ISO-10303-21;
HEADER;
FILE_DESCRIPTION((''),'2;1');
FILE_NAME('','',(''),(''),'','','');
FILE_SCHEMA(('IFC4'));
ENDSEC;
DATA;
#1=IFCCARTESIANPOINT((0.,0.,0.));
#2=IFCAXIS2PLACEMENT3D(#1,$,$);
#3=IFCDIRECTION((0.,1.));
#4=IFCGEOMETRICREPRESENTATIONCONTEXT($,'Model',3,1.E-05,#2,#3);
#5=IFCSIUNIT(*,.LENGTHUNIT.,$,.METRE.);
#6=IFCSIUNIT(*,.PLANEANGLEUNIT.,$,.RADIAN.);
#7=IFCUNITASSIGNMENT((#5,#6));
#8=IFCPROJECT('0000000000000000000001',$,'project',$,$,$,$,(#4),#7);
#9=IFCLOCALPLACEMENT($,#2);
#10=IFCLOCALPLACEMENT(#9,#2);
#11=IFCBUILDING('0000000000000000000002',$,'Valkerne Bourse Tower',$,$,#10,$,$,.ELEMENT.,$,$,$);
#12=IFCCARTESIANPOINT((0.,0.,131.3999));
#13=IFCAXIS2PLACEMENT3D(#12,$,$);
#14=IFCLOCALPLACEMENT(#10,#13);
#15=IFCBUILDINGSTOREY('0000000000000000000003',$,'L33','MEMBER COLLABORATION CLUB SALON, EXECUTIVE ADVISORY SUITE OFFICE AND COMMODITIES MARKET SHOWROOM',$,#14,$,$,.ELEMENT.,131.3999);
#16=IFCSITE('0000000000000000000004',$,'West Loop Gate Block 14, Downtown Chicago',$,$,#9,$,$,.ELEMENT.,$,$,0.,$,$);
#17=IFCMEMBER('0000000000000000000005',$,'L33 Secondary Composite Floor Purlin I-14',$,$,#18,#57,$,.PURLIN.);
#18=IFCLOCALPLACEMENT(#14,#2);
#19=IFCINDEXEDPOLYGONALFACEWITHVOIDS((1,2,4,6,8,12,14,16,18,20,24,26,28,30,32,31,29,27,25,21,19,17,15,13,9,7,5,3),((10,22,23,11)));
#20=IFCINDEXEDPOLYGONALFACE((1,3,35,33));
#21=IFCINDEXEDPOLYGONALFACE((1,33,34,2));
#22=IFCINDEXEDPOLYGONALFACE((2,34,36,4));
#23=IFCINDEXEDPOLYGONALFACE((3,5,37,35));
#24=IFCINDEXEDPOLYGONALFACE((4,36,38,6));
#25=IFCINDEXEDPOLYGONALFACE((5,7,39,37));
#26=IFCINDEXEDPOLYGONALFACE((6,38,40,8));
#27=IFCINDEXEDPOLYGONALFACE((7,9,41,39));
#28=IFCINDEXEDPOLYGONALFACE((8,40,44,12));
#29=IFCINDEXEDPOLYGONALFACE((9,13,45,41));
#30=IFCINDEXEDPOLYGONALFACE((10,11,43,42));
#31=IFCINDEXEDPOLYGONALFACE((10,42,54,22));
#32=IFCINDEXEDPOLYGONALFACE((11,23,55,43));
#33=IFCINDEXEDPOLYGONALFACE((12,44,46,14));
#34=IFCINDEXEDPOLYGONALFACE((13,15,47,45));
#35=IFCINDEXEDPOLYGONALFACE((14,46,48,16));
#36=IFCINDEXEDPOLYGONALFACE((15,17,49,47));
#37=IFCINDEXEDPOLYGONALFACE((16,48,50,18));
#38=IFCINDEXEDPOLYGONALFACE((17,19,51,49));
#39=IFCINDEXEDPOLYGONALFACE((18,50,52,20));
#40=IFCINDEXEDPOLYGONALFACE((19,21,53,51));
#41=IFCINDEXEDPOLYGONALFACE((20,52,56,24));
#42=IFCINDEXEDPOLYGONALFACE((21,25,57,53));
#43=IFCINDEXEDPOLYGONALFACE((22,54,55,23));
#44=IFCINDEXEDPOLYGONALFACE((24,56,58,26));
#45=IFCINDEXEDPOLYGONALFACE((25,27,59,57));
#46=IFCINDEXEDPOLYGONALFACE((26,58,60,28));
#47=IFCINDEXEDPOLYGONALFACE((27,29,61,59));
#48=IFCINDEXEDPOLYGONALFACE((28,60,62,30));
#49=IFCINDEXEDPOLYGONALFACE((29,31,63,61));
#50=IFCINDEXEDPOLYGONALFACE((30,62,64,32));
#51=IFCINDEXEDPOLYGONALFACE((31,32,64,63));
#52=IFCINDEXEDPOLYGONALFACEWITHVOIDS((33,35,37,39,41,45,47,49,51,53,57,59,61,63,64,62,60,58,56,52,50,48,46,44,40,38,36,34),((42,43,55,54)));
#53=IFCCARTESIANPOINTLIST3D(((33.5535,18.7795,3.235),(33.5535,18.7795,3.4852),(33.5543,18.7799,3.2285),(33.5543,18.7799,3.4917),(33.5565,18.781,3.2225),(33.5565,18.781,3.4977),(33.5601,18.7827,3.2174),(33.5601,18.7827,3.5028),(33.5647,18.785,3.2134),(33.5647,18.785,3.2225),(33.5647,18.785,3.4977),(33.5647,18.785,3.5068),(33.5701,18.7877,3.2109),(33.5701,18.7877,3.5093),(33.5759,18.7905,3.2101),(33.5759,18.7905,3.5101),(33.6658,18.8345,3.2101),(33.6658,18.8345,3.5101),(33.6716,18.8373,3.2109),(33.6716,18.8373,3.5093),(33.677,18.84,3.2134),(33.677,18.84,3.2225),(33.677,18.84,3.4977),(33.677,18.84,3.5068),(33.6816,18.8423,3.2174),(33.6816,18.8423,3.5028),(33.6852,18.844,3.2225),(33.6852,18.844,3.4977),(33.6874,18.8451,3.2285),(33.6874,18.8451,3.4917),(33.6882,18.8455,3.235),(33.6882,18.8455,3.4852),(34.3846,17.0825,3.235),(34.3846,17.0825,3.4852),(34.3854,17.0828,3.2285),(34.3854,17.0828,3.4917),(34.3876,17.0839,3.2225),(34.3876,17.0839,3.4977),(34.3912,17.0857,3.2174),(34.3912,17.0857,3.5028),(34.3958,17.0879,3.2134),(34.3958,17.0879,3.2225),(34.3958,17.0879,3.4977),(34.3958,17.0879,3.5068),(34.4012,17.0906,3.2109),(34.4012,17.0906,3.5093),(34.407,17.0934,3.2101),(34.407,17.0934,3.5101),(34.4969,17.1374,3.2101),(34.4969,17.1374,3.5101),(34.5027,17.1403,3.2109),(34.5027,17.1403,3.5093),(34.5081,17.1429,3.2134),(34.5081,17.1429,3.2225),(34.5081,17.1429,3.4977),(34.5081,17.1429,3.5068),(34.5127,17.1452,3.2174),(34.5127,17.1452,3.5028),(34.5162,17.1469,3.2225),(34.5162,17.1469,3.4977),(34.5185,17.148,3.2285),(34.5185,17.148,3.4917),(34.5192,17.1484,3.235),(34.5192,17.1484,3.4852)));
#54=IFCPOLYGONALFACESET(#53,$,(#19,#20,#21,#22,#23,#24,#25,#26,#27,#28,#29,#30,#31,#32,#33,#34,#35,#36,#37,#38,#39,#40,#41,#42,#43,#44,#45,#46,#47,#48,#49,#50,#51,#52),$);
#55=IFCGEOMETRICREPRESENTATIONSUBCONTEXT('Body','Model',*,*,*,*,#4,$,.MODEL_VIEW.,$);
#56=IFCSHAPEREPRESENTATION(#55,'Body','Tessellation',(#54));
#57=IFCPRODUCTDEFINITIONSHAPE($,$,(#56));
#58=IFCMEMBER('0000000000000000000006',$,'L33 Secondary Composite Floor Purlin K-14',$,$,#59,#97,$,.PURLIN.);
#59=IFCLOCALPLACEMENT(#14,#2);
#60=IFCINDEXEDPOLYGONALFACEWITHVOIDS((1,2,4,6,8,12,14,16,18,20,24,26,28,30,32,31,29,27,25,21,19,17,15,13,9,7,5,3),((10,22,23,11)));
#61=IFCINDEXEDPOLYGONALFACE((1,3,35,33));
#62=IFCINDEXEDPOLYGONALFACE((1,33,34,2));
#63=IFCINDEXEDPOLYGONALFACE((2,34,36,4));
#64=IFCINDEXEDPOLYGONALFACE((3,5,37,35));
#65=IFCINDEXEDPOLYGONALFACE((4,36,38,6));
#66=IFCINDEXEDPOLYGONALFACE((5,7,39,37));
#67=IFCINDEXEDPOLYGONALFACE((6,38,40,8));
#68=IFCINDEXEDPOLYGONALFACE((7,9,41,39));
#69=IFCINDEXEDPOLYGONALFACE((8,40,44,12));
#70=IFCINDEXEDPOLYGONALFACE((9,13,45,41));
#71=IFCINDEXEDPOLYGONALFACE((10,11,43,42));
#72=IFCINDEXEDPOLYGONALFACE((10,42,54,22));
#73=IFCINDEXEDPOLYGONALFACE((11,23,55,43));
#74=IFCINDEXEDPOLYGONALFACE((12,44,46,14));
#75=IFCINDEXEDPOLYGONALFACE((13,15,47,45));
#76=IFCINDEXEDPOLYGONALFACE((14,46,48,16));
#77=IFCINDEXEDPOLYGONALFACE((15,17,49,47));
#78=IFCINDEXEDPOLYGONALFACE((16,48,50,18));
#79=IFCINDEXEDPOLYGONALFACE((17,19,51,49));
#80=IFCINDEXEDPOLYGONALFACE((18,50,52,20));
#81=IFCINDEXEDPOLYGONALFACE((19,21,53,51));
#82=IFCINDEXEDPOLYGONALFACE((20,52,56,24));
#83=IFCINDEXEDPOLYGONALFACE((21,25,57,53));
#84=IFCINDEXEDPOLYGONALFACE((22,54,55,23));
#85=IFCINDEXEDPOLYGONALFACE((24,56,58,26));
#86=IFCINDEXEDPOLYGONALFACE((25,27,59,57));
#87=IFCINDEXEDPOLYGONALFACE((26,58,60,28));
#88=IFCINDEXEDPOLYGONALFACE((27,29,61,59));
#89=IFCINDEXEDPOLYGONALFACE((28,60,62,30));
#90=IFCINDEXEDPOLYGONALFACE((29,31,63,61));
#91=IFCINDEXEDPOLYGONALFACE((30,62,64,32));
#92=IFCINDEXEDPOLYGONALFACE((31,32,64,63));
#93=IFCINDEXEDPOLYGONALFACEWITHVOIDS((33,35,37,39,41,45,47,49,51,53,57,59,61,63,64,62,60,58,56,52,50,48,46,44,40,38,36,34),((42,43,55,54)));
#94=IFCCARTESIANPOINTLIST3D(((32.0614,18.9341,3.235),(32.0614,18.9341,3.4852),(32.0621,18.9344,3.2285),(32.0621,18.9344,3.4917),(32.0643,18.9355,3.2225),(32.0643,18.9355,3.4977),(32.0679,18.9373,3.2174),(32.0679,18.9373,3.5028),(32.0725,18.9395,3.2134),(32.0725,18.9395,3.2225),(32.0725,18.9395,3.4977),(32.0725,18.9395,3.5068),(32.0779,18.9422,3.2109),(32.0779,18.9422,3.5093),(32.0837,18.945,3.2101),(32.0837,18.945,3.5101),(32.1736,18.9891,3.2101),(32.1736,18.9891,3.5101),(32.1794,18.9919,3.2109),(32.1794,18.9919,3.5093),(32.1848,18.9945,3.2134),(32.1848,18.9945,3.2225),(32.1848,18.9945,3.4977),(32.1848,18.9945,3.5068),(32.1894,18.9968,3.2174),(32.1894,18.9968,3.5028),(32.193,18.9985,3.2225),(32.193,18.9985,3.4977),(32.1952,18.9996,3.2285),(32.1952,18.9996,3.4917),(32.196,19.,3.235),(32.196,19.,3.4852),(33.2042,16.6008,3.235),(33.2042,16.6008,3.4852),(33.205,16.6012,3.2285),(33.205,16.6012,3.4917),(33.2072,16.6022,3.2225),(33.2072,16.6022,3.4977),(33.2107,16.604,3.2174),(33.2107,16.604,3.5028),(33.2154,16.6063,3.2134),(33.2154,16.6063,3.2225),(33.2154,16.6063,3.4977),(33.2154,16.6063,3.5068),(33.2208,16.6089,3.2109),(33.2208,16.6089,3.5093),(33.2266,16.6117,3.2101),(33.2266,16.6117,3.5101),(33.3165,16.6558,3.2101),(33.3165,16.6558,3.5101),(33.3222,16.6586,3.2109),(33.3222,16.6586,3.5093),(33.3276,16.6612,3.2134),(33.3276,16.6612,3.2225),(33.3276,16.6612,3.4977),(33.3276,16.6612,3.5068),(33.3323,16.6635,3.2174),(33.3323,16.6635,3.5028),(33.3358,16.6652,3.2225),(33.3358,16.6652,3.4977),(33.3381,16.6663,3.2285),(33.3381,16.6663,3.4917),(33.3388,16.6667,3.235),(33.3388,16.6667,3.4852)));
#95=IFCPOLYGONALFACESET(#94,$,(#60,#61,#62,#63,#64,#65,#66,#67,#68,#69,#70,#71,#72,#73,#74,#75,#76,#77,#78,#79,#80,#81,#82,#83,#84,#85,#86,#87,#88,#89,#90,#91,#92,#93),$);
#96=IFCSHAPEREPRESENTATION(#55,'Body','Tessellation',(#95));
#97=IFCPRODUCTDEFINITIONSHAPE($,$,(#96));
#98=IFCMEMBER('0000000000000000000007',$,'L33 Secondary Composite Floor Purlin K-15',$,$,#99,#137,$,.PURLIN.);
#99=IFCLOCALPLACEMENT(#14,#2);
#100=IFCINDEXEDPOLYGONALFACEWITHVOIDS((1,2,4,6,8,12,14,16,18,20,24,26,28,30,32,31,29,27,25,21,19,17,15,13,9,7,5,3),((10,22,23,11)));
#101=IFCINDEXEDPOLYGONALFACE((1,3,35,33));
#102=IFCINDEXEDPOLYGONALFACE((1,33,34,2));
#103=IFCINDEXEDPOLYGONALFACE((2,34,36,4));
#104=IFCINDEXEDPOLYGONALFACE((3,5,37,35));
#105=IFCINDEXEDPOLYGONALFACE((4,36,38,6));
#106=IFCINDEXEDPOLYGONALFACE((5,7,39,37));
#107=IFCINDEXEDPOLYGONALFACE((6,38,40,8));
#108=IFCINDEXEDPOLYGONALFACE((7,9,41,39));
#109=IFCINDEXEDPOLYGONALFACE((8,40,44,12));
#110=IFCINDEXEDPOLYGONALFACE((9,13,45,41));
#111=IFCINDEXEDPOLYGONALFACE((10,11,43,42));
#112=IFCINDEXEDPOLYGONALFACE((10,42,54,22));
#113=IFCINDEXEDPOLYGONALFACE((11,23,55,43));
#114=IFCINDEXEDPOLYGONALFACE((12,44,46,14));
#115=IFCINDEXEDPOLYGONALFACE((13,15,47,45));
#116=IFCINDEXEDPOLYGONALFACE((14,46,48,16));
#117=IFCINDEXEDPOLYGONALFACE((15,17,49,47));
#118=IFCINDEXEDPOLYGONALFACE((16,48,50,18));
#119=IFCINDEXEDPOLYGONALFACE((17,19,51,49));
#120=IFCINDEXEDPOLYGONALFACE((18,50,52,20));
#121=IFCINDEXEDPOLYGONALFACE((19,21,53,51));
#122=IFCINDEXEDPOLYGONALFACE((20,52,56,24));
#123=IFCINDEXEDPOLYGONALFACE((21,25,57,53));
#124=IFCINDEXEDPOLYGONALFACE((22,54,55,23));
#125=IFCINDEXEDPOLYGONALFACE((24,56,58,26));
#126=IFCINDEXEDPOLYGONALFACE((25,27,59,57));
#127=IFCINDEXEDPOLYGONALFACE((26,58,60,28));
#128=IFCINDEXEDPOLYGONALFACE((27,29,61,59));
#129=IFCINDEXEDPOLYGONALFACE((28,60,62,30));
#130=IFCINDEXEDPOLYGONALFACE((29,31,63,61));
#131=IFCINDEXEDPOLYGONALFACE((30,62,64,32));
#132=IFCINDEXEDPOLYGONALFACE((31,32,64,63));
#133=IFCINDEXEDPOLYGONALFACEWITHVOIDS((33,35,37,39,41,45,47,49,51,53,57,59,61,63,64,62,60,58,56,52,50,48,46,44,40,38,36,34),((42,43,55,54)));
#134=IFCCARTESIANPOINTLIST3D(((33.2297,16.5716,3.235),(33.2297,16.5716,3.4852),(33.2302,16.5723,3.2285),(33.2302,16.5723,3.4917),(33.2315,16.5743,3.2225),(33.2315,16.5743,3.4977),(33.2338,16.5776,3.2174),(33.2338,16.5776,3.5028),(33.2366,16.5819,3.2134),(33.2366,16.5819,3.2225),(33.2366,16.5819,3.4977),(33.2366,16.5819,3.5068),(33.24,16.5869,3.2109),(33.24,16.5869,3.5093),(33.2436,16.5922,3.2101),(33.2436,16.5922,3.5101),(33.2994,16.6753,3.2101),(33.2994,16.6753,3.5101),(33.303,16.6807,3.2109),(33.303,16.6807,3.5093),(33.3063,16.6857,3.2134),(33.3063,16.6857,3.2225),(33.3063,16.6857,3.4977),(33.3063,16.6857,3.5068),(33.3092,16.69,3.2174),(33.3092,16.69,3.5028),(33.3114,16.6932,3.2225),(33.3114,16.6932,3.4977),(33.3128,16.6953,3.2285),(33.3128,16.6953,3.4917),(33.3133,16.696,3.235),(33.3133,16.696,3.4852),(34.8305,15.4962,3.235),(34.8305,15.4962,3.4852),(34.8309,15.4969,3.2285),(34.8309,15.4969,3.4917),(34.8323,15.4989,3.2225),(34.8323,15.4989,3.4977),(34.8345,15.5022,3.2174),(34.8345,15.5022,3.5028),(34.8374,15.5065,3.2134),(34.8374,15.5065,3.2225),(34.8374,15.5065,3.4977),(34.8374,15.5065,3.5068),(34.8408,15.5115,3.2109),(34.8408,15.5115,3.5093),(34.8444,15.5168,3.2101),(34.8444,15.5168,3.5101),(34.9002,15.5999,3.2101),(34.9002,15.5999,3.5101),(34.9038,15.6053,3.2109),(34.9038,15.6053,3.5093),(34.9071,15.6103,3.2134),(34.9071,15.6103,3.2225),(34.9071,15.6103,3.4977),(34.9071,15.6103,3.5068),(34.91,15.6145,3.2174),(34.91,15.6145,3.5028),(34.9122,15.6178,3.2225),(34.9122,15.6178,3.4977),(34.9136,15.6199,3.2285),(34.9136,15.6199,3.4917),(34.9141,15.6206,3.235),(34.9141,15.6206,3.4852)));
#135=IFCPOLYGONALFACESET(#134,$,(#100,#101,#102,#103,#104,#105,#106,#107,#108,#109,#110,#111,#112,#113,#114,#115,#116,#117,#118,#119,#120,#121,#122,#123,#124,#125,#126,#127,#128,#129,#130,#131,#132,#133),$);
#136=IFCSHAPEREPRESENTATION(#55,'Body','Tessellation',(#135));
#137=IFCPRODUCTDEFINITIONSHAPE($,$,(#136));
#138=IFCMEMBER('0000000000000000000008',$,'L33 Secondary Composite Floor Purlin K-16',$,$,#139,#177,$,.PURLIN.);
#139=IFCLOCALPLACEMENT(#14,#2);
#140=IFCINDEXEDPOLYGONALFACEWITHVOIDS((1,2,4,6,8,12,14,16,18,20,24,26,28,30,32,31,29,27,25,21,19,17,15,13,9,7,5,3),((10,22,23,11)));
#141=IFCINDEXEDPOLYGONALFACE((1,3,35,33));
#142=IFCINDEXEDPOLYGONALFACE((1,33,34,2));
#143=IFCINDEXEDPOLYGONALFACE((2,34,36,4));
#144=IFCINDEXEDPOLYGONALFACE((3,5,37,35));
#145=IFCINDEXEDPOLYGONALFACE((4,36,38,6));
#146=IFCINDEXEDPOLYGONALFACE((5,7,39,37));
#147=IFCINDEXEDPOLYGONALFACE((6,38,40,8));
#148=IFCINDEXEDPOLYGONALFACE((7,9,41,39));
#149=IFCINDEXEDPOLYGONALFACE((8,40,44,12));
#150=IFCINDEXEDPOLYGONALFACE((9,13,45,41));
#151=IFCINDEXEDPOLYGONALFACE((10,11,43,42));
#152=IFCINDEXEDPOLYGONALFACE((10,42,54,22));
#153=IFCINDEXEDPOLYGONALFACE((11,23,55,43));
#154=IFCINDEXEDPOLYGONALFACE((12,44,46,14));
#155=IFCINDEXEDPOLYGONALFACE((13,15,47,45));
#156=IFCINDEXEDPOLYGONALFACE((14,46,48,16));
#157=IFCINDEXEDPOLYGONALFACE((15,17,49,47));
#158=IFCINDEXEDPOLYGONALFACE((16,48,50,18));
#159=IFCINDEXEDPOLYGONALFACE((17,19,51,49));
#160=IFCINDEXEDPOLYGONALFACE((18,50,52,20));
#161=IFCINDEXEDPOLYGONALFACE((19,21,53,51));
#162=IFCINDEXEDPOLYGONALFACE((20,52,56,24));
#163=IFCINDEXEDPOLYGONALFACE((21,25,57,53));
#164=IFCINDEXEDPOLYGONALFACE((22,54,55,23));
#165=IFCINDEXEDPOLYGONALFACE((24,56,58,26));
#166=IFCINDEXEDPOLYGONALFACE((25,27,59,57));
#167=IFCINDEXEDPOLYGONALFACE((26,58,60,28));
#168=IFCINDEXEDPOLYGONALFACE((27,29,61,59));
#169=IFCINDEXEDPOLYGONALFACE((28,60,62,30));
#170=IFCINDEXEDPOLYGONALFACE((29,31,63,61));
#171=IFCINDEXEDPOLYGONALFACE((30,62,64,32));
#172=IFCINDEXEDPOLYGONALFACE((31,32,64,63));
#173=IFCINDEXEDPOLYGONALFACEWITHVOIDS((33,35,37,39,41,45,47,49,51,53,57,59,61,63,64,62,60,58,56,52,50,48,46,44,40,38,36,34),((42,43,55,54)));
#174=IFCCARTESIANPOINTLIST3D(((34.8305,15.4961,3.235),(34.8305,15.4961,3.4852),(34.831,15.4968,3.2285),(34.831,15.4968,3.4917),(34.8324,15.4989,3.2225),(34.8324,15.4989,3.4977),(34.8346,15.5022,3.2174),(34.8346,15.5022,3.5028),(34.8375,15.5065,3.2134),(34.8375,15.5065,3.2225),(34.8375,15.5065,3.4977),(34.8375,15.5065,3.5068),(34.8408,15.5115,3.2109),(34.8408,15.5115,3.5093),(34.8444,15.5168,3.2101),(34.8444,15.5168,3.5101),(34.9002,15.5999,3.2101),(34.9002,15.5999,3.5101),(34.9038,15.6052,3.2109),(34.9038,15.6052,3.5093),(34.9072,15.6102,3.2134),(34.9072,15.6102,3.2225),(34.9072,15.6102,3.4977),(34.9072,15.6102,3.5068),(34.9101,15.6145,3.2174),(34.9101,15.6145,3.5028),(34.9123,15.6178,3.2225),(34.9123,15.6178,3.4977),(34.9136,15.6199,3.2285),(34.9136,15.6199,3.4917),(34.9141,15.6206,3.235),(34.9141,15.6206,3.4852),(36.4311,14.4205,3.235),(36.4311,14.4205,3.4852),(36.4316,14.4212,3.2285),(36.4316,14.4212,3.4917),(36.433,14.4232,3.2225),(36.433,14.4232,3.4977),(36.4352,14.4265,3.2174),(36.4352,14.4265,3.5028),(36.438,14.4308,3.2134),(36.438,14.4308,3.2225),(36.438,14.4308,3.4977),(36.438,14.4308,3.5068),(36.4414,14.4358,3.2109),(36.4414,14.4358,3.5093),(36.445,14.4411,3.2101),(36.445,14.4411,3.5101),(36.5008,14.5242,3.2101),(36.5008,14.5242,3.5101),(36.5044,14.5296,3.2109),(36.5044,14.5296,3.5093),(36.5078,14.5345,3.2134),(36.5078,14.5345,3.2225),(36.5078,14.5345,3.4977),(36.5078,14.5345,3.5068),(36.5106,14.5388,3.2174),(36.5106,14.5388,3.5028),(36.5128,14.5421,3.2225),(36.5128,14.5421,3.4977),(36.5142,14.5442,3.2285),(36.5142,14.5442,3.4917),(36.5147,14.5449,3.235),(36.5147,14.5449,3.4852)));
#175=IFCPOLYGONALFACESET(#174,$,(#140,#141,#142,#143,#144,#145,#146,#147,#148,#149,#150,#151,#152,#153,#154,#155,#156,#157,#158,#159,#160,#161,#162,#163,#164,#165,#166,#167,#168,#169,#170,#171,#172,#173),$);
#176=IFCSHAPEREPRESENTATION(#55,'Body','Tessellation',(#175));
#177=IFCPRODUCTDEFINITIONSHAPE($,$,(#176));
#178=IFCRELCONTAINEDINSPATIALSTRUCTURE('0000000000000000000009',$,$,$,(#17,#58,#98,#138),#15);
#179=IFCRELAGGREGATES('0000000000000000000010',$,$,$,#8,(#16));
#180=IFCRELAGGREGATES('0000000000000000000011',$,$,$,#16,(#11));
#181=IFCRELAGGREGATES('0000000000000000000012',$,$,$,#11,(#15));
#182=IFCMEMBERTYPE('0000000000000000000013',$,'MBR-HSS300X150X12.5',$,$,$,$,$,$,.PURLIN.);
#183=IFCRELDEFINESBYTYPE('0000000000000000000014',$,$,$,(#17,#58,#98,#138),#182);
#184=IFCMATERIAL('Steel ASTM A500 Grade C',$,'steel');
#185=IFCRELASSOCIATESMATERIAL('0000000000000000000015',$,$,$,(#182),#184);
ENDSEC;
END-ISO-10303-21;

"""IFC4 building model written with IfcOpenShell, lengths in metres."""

from ifc_helpers import new_model, si_unit, direction, frame, origin, origin_2d, place, context, subcontext, project, spatial, hollow_rectangle, extrude, material, material_profile, profile_set, type_object, element, save


model = new_model("IFC4")

# Units and contexts
model_context = context("Model", 3, precision=1e-05, world=origin(), true_north=direction((0.0, 1.0)))
body_context = subcontext(model_context, "Body", "Model", "MODEL_VIEW")
ifc_project = project(units=[si_unit("LENGTHUNIT", "METRE"), si_unit("PLANEANGLEUNIT", "RADIAN")], contexts=[model_context])

# Site, building, storey
site_placement = place(None, origin())
site = spatial("IfcSite", under=ifc_project, at=site_placement, Name="West Loop Gate Block 14, Downtown Chicago", CompositionType="ELEMENT", RefElevation=0.0)
building_placement = place(site_placement, origin())
building = spatial("IfcBuilding", under=site, at=building_placement, Name="Valkerne Bourse Tower", CompositionType="ELEMENT")
storey_placement = place(building_placement, frame((0.0, 0.0, 131.3999)))
storey = spatial("IfcBuildingStorey", under=building, at=storey_placement, Name="L33", Description="MEMBER COLLABORATION CLUB SALON, EXECUTIVE ADVISORY SUITE OFFICE AND COMMODITIES MARKET SHOWROOM", CompositionType="ELEMENT", Elevation=131.3999)

# Members
ifc_material_1 = material(Name="Steel ASTM A500 Grade C", Category="steel")
ifc_material_profile_1 = material_profile(ifc_material_1, hollow_rectangle(XDim=0.1499, YDim=0.3, WallThickness=0.0125, OuterFilletRadius=0.0249, at=origin_2d()), Name="HSS300X150X12.5")
ifc_profile_set_1 = profile_set([ifc_material_profile_1], Name="Steel ASTM A500 Grade C")
member_type_1 = type_object("IfcMemberType", Name="MBR-HSS300X150X12.5", PredefinedType="PURLIN", material=ifc_profile_set_1)
member_1_placement = place(storey_placement, frame((33.6208, 18.8125, 3.3601), z_axis=(0.439808, -0.898092, 0.0), x_axis=(0.898092, 0.439808, 0.0)))
element("IfcMember", 1, at=member_1_placement, inside=storey, type_object=member_type_1, Name="L33 Secondary Composite Floor Purlin I-14", PredefinedType="PURLIN", context=body_context, shape_type="SweptSolid", body=[
    extrude(hollow_rectangle(XDim=0.1499, YDim=0.3, WallThickness=0.0125, OuterFilletRadius=0.0249, at=origin_2d()), origin(), (0.0, 0.0, 1.0), 1.8896),
])
member_2_placement = place(storey_placement, frame((32.1287, 18.967, 3.3601), z_axis=(0.439869, -0.898062, 0.0), x_axis=(0.898062, 0.439869, 0.0)))
element("IfcMember", 2, at=member_2_placement, inside=storey, type_object=member_type_1, Name="L33 Secondary Composite Floor Purlin K-14", PredefinedType="PURLIN", context=body_context, shape_type="SweptSolid", body=[
    extrude(hollow_rectangle(XDim=0.1499, YDim=0.3, WallThickness=0.0125, OuterFilletRadius=0.0249, at=origin_2d()), origin(), (0.0, 0.0, 1.0), 2.5981),
])
for number, where, z_axis, x_axis, name in (
    (3, (33.2715, 16.6338, 3.3601), (0.830078, -0.557647, 0.0), (0.557647, 0.830078, 0.0), "L33 Secondary Composite Floor Purlin K-15"),
    (4, (34.8723, 15.5583, 3.3601), (0.82998, -0.557793, 0.0), (0.557793, 0.82998, 0.0), "L33 Secondary Composite Floor Purlin K-16"),
):
    element("IfcMember", number, at=place(storey_placement, frame(where, z_axis=z_axis, x_axis=x_axis)), inside=storey, type_object=member_type_1, Name=name, PredefinedType="PURLIN", context=body_context, shape_type="SweptSolid", body=[
        extrude(hollow_rectangle(XDim=0.1499, YDim=0.3, WallThickness=0.0125, OuterFilletRadius=0.0249, at=origin_2d()), origin(), (0.0, 0.0, 1.0), 1.9285),
    ])

save(model, "model.ifc")
